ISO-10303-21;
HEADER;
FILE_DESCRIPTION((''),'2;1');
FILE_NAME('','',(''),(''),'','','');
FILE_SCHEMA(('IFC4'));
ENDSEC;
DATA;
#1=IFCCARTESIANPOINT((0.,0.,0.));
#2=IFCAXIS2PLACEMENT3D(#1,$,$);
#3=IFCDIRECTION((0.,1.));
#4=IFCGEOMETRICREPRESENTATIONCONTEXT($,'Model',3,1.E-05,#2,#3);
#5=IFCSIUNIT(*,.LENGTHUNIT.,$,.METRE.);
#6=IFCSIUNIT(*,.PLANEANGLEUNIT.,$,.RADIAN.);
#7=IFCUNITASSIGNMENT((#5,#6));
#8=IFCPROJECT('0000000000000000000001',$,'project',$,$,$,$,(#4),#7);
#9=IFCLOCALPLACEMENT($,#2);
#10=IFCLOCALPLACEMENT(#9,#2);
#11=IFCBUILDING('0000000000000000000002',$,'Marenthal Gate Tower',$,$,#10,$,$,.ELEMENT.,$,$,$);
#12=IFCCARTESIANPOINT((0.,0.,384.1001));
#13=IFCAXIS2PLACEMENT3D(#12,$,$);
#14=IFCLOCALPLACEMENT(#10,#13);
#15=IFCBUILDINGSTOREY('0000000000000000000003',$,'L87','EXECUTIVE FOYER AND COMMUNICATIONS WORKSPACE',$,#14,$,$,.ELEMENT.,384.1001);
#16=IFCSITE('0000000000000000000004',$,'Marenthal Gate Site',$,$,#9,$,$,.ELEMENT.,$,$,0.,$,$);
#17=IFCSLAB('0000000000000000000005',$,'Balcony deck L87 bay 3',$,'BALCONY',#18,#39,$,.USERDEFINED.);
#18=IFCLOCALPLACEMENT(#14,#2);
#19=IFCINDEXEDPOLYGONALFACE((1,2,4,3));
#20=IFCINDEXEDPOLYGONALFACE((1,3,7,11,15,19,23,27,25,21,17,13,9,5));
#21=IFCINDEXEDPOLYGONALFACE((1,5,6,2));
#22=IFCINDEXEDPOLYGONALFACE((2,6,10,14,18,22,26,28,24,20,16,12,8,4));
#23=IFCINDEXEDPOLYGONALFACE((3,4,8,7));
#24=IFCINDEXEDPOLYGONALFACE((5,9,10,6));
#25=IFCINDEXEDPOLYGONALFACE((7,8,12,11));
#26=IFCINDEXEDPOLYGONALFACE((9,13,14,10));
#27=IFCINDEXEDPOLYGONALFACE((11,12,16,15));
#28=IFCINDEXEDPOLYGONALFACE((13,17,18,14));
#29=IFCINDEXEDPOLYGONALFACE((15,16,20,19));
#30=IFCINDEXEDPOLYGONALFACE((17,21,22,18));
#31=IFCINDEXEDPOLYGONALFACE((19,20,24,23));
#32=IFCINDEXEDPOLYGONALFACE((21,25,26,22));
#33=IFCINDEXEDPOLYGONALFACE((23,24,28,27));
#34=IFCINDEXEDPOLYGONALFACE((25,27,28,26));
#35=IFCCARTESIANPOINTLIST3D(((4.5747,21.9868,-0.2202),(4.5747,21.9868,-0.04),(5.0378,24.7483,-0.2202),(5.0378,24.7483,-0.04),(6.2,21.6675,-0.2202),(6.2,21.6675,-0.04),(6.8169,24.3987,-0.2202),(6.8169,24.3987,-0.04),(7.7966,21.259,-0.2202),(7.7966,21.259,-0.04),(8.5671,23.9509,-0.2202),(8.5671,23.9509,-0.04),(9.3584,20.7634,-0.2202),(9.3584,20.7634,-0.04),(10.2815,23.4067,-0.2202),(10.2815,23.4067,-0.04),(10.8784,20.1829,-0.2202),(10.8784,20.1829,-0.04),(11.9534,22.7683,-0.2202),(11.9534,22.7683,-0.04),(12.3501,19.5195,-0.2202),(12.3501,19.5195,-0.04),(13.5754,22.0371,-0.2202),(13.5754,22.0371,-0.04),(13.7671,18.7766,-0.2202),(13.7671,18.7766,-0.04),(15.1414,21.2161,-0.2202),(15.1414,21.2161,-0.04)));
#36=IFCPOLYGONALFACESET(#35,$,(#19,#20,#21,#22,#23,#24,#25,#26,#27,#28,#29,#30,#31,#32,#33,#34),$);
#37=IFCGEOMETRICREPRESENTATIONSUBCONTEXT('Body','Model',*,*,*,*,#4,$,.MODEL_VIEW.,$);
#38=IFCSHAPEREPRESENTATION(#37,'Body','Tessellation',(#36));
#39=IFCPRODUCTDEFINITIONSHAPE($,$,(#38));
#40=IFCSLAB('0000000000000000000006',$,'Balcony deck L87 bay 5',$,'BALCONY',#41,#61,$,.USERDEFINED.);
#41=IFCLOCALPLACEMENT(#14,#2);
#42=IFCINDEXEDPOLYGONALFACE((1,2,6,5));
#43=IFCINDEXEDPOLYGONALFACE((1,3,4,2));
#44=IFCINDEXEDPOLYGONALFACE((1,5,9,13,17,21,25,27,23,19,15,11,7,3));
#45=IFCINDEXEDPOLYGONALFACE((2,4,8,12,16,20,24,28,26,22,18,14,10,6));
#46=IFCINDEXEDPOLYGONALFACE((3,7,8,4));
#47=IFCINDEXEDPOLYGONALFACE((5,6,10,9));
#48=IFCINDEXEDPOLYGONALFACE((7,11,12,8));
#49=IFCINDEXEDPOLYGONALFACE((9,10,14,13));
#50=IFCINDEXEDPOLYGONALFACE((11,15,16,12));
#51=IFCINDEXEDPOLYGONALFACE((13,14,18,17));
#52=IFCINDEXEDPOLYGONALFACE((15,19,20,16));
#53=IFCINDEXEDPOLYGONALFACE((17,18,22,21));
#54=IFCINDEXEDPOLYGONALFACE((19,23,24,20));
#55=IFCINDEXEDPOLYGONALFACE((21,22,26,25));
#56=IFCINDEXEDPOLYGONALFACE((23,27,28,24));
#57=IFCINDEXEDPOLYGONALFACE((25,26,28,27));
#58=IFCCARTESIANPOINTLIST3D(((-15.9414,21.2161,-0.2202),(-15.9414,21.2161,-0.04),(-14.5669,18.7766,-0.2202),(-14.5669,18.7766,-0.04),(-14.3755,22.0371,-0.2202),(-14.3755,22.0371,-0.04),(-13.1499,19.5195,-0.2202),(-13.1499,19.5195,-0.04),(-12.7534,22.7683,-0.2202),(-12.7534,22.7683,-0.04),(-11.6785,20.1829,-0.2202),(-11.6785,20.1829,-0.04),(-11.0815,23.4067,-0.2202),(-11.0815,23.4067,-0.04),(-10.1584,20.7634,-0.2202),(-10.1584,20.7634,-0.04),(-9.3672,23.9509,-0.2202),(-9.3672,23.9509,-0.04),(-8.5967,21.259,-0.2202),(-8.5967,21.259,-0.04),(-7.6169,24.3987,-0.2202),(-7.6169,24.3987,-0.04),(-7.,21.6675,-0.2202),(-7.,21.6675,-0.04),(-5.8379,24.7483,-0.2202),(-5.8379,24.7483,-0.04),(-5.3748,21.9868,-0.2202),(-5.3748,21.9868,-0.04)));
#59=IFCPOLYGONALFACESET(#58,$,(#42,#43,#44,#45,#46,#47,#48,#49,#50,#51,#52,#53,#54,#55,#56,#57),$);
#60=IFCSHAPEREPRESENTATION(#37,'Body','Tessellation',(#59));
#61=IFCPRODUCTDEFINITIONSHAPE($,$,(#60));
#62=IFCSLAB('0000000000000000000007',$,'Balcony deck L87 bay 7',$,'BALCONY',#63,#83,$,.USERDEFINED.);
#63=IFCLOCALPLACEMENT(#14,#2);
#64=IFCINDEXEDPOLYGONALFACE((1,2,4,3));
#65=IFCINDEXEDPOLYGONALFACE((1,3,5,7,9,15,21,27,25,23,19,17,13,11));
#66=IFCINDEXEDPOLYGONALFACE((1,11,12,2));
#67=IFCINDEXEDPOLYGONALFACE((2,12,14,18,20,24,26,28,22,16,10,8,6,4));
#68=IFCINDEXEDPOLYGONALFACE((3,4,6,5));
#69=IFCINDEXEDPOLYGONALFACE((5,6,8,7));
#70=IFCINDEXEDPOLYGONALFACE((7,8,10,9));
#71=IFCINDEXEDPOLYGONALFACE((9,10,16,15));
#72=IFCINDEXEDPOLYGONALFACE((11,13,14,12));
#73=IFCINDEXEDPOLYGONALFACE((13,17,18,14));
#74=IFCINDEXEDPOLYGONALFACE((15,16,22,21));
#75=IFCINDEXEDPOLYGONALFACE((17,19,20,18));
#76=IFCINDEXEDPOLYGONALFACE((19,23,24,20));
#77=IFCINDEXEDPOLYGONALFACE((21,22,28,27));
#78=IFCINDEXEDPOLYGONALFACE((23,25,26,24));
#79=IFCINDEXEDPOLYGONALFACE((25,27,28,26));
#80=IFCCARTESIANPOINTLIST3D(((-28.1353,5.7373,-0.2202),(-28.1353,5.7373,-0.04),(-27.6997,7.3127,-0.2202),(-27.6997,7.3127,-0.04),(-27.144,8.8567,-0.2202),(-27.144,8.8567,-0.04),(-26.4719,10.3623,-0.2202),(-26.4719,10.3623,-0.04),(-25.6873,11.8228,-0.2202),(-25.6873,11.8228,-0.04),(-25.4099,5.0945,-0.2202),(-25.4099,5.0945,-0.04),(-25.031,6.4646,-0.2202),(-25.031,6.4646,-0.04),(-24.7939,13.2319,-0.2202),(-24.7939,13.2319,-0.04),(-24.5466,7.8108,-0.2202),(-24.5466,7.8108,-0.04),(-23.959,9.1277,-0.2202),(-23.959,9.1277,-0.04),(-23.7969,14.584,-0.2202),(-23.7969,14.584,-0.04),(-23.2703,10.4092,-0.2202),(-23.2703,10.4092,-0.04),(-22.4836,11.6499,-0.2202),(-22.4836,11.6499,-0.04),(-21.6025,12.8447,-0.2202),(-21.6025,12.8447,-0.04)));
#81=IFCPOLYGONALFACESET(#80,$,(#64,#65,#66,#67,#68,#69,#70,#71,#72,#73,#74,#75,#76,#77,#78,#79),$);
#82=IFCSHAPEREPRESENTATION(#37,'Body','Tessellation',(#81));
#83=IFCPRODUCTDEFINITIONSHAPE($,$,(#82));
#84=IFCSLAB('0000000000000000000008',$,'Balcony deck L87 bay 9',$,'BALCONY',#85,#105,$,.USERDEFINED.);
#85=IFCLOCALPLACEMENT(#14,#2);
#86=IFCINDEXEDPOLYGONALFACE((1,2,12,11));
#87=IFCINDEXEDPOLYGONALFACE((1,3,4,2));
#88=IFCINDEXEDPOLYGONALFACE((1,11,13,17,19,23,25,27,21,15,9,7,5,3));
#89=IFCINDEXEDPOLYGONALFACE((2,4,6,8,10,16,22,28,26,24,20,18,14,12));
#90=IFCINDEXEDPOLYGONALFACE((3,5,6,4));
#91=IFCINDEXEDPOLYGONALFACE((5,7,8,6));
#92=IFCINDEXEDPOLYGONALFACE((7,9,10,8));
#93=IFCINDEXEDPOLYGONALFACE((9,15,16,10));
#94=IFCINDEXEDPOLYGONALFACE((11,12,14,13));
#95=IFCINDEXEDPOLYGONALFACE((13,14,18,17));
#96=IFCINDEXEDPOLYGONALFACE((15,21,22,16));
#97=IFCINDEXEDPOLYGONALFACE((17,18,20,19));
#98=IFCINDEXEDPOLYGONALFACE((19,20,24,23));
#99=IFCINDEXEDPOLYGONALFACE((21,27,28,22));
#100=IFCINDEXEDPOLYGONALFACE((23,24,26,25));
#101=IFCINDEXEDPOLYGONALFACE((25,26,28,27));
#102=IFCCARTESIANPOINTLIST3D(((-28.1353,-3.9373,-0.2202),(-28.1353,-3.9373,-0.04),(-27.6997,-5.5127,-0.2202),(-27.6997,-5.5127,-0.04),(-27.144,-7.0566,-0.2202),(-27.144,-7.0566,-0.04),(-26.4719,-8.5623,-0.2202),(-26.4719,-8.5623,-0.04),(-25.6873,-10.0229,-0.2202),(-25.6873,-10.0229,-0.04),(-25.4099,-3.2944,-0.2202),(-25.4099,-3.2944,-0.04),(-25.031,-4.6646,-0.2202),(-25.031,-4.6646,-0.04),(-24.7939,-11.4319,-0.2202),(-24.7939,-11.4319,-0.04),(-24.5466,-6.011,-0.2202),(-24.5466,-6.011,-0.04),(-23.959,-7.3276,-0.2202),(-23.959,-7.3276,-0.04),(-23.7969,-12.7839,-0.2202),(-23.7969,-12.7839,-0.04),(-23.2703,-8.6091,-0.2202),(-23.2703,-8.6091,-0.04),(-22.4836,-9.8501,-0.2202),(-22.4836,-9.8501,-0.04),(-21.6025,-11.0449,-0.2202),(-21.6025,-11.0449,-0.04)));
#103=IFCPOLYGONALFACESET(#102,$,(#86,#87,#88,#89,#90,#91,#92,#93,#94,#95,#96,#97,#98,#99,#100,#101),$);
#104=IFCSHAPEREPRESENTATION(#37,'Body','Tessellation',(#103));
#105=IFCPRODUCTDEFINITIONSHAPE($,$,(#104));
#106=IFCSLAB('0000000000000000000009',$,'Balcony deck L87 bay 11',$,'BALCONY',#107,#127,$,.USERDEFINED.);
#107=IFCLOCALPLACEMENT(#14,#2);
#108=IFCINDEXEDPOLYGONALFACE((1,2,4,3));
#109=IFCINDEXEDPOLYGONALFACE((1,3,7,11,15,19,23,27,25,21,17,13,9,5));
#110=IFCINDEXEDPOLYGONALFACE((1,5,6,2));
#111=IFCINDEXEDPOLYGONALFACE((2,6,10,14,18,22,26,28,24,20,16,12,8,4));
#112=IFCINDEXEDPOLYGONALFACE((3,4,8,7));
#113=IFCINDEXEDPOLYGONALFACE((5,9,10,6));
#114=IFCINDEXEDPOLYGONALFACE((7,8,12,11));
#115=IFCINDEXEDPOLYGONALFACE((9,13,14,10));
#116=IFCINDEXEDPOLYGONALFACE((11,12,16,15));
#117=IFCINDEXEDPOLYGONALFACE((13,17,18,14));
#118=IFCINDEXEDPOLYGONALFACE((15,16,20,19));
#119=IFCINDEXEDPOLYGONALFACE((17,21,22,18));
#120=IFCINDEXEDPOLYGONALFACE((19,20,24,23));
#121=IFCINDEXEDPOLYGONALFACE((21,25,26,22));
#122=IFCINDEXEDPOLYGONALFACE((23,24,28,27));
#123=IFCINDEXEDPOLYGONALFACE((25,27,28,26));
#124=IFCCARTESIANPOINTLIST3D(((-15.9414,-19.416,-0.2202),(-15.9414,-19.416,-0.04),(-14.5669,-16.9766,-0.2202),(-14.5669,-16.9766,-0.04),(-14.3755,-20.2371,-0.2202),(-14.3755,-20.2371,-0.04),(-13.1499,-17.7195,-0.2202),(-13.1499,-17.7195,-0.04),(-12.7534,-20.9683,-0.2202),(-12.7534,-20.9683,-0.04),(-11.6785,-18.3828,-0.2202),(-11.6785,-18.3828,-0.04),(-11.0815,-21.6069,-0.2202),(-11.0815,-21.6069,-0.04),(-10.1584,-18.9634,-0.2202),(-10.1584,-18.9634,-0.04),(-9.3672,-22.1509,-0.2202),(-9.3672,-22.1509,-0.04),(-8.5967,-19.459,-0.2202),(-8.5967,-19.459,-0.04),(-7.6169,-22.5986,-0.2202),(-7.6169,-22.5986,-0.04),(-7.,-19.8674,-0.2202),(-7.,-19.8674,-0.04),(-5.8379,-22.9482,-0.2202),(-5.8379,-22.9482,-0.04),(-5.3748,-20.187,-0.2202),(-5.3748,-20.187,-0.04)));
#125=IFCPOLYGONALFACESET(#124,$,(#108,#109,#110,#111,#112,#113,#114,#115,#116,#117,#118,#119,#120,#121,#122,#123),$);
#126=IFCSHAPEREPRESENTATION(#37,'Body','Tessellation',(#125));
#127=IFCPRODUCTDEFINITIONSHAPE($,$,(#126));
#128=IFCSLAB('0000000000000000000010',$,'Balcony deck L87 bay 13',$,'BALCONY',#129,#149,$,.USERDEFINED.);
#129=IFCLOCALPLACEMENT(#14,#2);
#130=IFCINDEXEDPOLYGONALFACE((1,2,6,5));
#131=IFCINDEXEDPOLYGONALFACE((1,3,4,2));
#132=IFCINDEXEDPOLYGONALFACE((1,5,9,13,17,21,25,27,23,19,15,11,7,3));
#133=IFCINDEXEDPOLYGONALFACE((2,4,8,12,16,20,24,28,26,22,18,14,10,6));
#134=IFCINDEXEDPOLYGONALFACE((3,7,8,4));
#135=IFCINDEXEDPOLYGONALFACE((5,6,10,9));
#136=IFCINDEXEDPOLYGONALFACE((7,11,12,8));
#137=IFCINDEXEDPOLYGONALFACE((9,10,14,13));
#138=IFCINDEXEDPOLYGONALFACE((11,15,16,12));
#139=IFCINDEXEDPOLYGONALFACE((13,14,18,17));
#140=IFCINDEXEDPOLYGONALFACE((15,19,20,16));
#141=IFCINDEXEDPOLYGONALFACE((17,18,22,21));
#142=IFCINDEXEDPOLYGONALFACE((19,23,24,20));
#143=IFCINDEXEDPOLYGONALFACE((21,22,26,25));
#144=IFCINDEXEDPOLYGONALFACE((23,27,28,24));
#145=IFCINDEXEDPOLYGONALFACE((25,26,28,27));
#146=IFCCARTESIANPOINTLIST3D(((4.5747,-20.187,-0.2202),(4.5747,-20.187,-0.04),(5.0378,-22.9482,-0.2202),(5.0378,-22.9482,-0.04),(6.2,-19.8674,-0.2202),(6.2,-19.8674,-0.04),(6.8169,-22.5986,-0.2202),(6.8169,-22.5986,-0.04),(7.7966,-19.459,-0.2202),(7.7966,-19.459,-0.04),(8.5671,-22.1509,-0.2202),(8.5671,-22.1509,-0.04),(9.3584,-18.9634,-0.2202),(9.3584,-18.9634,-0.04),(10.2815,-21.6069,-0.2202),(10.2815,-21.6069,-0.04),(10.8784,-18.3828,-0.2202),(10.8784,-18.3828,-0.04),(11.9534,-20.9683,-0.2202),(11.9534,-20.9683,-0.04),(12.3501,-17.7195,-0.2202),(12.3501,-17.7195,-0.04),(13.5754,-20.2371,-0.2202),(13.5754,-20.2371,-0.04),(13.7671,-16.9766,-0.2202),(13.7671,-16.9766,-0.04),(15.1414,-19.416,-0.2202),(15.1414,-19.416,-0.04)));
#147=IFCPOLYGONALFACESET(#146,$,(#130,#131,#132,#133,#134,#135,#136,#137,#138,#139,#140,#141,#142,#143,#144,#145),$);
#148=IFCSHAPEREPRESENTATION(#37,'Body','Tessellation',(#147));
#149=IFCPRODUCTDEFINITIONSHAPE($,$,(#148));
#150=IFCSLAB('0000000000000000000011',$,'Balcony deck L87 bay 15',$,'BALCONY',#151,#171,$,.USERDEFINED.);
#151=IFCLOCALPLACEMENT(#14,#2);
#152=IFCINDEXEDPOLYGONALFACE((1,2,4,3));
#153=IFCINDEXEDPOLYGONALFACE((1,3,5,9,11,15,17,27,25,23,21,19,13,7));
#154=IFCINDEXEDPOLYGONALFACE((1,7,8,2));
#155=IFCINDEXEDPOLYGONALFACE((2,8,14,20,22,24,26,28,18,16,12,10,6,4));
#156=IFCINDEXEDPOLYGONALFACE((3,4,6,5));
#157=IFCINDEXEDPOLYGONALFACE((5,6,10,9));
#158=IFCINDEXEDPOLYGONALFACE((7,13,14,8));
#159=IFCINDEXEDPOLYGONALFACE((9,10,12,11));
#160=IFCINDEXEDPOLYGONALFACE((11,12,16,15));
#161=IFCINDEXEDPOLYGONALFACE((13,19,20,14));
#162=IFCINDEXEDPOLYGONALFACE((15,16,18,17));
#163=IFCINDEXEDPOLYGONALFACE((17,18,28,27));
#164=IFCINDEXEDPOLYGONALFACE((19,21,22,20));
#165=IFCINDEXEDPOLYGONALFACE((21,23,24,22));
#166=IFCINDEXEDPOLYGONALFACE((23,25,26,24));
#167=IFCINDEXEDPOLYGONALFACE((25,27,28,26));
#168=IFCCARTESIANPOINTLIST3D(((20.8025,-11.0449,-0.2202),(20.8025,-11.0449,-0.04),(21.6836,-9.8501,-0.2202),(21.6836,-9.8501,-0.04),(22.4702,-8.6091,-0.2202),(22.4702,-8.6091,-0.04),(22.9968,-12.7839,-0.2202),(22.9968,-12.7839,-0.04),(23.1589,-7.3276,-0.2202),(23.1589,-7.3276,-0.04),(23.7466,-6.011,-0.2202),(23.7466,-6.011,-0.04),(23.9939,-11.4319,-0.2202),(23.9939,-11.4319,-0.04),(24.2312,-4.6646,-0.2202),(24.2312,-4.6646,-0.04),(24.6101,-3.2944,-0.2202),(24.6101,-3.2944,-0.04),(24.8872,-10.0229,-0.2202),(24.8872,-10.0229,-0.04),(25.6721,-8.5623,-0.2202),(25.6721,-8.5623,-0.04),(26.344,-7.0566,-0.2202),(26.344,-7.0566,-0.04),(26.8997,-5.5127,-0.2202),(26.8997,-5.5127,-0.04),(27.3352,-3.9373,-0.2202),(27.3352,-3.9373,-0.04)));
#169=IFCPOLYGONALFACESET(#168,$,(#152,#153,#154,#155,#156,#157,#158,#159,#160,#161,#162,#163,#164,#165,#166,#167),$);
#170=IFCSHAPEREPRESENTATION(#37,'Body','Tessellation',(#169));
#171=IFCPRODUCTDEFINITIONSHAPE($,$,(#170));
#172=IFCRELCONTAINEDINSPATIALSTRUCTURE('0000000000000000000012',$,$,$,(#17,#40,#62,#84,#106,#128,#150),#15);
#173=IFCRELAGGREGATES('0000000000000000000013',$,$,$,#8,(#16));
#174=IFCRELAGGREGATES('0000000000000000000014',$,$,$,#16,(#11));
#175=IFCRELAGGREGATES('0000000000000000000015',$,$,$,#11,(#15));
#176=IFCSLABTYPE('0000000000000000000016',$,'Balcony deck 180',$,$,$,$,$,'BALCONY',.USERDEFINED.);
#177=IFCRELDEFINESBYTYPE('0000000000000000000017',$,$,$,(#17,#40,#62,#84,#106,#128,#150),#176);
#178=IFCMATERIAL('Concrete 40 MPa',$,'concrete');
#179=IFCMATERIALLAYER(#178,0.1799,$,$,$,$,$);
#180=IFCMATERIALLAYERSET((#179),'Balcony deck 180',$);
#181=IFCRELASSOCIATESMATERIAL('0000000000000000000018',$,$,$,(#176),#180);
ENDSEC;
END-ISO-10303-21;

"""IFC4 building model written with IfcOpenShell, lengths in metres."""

from ifc_helpers import new_model, si_unit, direction, frame, origin, place, context, subcontext, project, spatial, polyline, outline, extrude, material, layer, layer_set, type_object, element, save


model = new_model("IFC4")

# Units and contexts
model_context = context("Model", 3, precision=1e-05, world=origin(), true_north=direction((0.0, 1.0)))
body_context = subcontext(model_context, "Body", "Model", "MODEL_VIEW")
ifc_project = project(units=[si_unit("LENGTHUNIT", "METRE"), si_unit("PLANEANGLEUNIT", "RADIAN")], contexts=[model_context])

# Site, building, storey
site_placement = place(None, origin())
site = spatial("IfcSite", under=ifc_project, at=site_placement, Name="Marenthal Gate Site", CompositionType="ELEMENT", RefElevation=0.0)
building_placement = place(site_placement, origin())
building = spatial("IfcBuilding", under=site, at=building_placement, Name="Marenthal Gate Tower", CompositionType="ELEMENT")
storey_placement = place(building_placement, frame((0.0, 0.0, 384.1001)))
storey = spatial("IfcBuildingStorey", under=building, at=storey_placement, Name="L87", Description="EXECUTIVE FOYER AND COMMUNICATIONS WORKSPACE", CompositionType="ELEMENT", Elevation=384.1001)

# Slabs
ifc_material_1 = material(Name="Concrete 40 MPa", Category="concrete")
ifc_layer_1 = layer(ifc_material_1, 0.1799)
ifc_layer_set_1 = layer_set([ifc_layer_1], Name="Balcony deck 180")
slab_type_1 = type_object("IfcSlabType", Name="Balcony deck 180", ElementType="BALCONY", PredefinedType="USERDEFINED", material=ifc_layer_set_1)
slab_1_placement = place(storey_placement, frame((0.0, 0.0, -0.2202)))
element("IfcSlab", 1, at=slab_1_placement, inside=storey, type_object=slab_type_1, Name="Balcony deck L87 bay 3", ObjectType="BALCONY", PredefinedType="USERDEFINED", context=body_context, shape_type="SweptSolid", body=[
    extrude(outline(polyline([(13.7671, 18.7766), (12.3501, 19.5195), (10.8784, 20.1829), (9.3584, 20.7634), (7.7966, 21.259), (6.2, 21.6675), (4.5747, 21.9868), (5.0378, 24.7483), (6.8169, 24.3987), (8.5671, 23.9509), (10.2815, 23.4067), (11.9534, 22.7683), (13.5754, 22.0371), (15.1414, 21.2161), (13.7671, 18.7766)])), origin(), (0.0, 0.0, 1.0), 0.1802),
])
slab_2_placement = place(storey_placement, frame((0.0, 0.0, -0.2202)))
element("IfcSlab", 2, at=slab_2_placement, inside=storey, type_object=slab_type_1, Name="Balcony deck L87 bay 5", ObjectType="BALCONY", PredefinedType="USERDEFINED", context=body_context, shape_type="SweptSolid", body=[
    extrude(outline(polyline([(-5.3748, 21.9868), (-7.0, 21.6675), (-8.5967, 21.259), (-10.1584, 20.7634), (-11.6785, 20.1829), (-13.1499, 19.5195), (-14.5669, 18.7766), (-15.9414, 21.2161), (-14.3755, 22.0371), (-12.7534, 22.7683), (-11.0815, 23.4067), (-9.3672, 23.9509), (-7.6169, 24.3987), (-5.8379, 24.7483), (-5.3748, 21.9868)])), origin(), (0.0, 0.0, 1.0), 0.1802),
])
slab_3_placement = place(storey_placement, frame((0.0, 0.0, -0.2202)))
element("IfcSlab", 3, at=slab_3_placement, inside=storey, type_object=slab_type_1, Name="Balcony deck L87 bay 7", ObjectType="BALCONY", PredefinedType="USERDEFINED", context=body_context, shape_type="SweptSolid", body=[
    extrude(outline(polyline([(-21.6025, 12.8447), (-22.4836, 11.6499), (-23.2703, 10.4092), (-23.959, 9.1277), (-24.5466, 7.8108), (-25.031, 6.4646), (-25.4099, 5.0945), (-28.1353, 5.7373), (-27.6997, 7.3127), (-27.144, 8.8567), (-26.4719, 10.3623), (-25.6873, 11.8228), (-24.7939, 13.2319), (-23.7969, 14.584), (-21.6025, 12.8447)])), origin(), (0.0, 0.0, 1.0), 0.1802),
])
slab_4_placement = place(storey_placement, frame((0.0, 0.0, -0.2202)))
element("IfcSlab", 4, at=slab_4_placement, inside=storey, type_object=slab_type_1, Name="Balcony deck L87 bay 9", ObjectType="BALCONY", PredefinedType="USERDEFINED", context=body_context, shape_type="SweptSolid", body=[
    extrude(outline(polyline([(-25.4099, -3.2944), (-25.031, -4.6646), (-24.5466, -6.011), (-23.959, -7.3276), (-23.2703, -8.6091), (-22.4836, -9.8501), (-21.6025, -11.0449), (-23.7969, -12.7839), (-24.7939, -11.4319), (-25.6873, -10.0229), (-26.4719, -8.5623), (-27.144, -7.0566), (-27.6997, -5.5127), (-28.1353, -3.9373), (-25.4099, -3.2944)])), origin(), (0.0, 0.0, 1.0), 0.1802),
])
slab_5_placement = place(storey_placement, frame((0.0, 0.0, -0.2202)))
element("IfcSlab", 5, at=slab_5_placement, inside=storey, type_object=slab_type_1, Name="Balcony deck L87 bay 11", ObjectType="BALCONY", PredefinedType="USERDEFINED", context=body_context, shape_type="SweptSolid", body=[
    extrude(outline(polyline([(-14.5669, -16.9766), (-13.1499, -17.7195), (-11.6785, -18.3828), (-10.1584, -18.9634), (-8.5967, -19.459), (-7.0, -19.8674), (-5.3748, -20.187), (-5.8379, -22.9482), (-7.6169, -22.5986), (-9.3672, -22.1509), (-11.0815, -21.6069), (-12.7534, -20.9683), (-14.3755, -20.2371), (-15.9414, -19.416), (-14.5669, -16.9766)])), origin(), (0.0, 0.0, 1.0), 0.1802),
])
slab_6_placement = place(storey_placement, frame((0.0, 0.0, -0.2202)))
element("IfcSlab", 6, at=slab_6_placement, inside=storey, type_object=slab_type_1, Name="Balcony deck L87 bay 13", ObjectType="BALCONY", PredefinedType="USERDEFINED", context=body_context, shape_type="SweptSolid", body=[
    extrude(outline(polyline([(4.5747, -20.187), (6.2, -19.8674), (7.7966, -19.459), (9.3584, -18.9634), (10.8784, -18.3828), (12.3501, -17.7195), (13.7671, -16.9766), (15.1414, -19.416), (13.5754, -20.2371), (11.9534, -20.9683), (10.2815, -21.6069), (8.5671, -22.1509), (6.8169, -22.5986), (5.0378, -22.9482), (4.5747, -20.187)])), origin(), (0.0, 0.0, 1.0), 0.1802),
])
slab_7_placement = place(storey_placement, frame((0.0, 0.0, -0.2202)))
element("IfcSlab", 7, at=slab_7_placement, inside=storey, type_object=slab_type_1, Name="Balcony deck L87 bay 15", ObjectType="BALCONY", PredefinedType="USERDEFINED", context=body_context, shape_type="SweptSolid", body=[
    extrude(outline(polyline([(20.8025, -11.0449), (21.6836, -9.8501), (22.4702, -8.6091), (23.1589, -7.3276), (23.7466, -6.011), (24.2312, -4.6646), (24.6101, -3.2944), (27.3352, -3.9373), (26.8997, -5.5127), (26.344, -7.0566), (25.6721, -8.5623), (24.8872, -10.0229), (23.9939, -11.4319), (22.9968, -12.7839), (20.8025, -11.0449)])), origin(), (0.0, 0.0, 1.0), 0.1802),
])

save(model, "model.ifc")
